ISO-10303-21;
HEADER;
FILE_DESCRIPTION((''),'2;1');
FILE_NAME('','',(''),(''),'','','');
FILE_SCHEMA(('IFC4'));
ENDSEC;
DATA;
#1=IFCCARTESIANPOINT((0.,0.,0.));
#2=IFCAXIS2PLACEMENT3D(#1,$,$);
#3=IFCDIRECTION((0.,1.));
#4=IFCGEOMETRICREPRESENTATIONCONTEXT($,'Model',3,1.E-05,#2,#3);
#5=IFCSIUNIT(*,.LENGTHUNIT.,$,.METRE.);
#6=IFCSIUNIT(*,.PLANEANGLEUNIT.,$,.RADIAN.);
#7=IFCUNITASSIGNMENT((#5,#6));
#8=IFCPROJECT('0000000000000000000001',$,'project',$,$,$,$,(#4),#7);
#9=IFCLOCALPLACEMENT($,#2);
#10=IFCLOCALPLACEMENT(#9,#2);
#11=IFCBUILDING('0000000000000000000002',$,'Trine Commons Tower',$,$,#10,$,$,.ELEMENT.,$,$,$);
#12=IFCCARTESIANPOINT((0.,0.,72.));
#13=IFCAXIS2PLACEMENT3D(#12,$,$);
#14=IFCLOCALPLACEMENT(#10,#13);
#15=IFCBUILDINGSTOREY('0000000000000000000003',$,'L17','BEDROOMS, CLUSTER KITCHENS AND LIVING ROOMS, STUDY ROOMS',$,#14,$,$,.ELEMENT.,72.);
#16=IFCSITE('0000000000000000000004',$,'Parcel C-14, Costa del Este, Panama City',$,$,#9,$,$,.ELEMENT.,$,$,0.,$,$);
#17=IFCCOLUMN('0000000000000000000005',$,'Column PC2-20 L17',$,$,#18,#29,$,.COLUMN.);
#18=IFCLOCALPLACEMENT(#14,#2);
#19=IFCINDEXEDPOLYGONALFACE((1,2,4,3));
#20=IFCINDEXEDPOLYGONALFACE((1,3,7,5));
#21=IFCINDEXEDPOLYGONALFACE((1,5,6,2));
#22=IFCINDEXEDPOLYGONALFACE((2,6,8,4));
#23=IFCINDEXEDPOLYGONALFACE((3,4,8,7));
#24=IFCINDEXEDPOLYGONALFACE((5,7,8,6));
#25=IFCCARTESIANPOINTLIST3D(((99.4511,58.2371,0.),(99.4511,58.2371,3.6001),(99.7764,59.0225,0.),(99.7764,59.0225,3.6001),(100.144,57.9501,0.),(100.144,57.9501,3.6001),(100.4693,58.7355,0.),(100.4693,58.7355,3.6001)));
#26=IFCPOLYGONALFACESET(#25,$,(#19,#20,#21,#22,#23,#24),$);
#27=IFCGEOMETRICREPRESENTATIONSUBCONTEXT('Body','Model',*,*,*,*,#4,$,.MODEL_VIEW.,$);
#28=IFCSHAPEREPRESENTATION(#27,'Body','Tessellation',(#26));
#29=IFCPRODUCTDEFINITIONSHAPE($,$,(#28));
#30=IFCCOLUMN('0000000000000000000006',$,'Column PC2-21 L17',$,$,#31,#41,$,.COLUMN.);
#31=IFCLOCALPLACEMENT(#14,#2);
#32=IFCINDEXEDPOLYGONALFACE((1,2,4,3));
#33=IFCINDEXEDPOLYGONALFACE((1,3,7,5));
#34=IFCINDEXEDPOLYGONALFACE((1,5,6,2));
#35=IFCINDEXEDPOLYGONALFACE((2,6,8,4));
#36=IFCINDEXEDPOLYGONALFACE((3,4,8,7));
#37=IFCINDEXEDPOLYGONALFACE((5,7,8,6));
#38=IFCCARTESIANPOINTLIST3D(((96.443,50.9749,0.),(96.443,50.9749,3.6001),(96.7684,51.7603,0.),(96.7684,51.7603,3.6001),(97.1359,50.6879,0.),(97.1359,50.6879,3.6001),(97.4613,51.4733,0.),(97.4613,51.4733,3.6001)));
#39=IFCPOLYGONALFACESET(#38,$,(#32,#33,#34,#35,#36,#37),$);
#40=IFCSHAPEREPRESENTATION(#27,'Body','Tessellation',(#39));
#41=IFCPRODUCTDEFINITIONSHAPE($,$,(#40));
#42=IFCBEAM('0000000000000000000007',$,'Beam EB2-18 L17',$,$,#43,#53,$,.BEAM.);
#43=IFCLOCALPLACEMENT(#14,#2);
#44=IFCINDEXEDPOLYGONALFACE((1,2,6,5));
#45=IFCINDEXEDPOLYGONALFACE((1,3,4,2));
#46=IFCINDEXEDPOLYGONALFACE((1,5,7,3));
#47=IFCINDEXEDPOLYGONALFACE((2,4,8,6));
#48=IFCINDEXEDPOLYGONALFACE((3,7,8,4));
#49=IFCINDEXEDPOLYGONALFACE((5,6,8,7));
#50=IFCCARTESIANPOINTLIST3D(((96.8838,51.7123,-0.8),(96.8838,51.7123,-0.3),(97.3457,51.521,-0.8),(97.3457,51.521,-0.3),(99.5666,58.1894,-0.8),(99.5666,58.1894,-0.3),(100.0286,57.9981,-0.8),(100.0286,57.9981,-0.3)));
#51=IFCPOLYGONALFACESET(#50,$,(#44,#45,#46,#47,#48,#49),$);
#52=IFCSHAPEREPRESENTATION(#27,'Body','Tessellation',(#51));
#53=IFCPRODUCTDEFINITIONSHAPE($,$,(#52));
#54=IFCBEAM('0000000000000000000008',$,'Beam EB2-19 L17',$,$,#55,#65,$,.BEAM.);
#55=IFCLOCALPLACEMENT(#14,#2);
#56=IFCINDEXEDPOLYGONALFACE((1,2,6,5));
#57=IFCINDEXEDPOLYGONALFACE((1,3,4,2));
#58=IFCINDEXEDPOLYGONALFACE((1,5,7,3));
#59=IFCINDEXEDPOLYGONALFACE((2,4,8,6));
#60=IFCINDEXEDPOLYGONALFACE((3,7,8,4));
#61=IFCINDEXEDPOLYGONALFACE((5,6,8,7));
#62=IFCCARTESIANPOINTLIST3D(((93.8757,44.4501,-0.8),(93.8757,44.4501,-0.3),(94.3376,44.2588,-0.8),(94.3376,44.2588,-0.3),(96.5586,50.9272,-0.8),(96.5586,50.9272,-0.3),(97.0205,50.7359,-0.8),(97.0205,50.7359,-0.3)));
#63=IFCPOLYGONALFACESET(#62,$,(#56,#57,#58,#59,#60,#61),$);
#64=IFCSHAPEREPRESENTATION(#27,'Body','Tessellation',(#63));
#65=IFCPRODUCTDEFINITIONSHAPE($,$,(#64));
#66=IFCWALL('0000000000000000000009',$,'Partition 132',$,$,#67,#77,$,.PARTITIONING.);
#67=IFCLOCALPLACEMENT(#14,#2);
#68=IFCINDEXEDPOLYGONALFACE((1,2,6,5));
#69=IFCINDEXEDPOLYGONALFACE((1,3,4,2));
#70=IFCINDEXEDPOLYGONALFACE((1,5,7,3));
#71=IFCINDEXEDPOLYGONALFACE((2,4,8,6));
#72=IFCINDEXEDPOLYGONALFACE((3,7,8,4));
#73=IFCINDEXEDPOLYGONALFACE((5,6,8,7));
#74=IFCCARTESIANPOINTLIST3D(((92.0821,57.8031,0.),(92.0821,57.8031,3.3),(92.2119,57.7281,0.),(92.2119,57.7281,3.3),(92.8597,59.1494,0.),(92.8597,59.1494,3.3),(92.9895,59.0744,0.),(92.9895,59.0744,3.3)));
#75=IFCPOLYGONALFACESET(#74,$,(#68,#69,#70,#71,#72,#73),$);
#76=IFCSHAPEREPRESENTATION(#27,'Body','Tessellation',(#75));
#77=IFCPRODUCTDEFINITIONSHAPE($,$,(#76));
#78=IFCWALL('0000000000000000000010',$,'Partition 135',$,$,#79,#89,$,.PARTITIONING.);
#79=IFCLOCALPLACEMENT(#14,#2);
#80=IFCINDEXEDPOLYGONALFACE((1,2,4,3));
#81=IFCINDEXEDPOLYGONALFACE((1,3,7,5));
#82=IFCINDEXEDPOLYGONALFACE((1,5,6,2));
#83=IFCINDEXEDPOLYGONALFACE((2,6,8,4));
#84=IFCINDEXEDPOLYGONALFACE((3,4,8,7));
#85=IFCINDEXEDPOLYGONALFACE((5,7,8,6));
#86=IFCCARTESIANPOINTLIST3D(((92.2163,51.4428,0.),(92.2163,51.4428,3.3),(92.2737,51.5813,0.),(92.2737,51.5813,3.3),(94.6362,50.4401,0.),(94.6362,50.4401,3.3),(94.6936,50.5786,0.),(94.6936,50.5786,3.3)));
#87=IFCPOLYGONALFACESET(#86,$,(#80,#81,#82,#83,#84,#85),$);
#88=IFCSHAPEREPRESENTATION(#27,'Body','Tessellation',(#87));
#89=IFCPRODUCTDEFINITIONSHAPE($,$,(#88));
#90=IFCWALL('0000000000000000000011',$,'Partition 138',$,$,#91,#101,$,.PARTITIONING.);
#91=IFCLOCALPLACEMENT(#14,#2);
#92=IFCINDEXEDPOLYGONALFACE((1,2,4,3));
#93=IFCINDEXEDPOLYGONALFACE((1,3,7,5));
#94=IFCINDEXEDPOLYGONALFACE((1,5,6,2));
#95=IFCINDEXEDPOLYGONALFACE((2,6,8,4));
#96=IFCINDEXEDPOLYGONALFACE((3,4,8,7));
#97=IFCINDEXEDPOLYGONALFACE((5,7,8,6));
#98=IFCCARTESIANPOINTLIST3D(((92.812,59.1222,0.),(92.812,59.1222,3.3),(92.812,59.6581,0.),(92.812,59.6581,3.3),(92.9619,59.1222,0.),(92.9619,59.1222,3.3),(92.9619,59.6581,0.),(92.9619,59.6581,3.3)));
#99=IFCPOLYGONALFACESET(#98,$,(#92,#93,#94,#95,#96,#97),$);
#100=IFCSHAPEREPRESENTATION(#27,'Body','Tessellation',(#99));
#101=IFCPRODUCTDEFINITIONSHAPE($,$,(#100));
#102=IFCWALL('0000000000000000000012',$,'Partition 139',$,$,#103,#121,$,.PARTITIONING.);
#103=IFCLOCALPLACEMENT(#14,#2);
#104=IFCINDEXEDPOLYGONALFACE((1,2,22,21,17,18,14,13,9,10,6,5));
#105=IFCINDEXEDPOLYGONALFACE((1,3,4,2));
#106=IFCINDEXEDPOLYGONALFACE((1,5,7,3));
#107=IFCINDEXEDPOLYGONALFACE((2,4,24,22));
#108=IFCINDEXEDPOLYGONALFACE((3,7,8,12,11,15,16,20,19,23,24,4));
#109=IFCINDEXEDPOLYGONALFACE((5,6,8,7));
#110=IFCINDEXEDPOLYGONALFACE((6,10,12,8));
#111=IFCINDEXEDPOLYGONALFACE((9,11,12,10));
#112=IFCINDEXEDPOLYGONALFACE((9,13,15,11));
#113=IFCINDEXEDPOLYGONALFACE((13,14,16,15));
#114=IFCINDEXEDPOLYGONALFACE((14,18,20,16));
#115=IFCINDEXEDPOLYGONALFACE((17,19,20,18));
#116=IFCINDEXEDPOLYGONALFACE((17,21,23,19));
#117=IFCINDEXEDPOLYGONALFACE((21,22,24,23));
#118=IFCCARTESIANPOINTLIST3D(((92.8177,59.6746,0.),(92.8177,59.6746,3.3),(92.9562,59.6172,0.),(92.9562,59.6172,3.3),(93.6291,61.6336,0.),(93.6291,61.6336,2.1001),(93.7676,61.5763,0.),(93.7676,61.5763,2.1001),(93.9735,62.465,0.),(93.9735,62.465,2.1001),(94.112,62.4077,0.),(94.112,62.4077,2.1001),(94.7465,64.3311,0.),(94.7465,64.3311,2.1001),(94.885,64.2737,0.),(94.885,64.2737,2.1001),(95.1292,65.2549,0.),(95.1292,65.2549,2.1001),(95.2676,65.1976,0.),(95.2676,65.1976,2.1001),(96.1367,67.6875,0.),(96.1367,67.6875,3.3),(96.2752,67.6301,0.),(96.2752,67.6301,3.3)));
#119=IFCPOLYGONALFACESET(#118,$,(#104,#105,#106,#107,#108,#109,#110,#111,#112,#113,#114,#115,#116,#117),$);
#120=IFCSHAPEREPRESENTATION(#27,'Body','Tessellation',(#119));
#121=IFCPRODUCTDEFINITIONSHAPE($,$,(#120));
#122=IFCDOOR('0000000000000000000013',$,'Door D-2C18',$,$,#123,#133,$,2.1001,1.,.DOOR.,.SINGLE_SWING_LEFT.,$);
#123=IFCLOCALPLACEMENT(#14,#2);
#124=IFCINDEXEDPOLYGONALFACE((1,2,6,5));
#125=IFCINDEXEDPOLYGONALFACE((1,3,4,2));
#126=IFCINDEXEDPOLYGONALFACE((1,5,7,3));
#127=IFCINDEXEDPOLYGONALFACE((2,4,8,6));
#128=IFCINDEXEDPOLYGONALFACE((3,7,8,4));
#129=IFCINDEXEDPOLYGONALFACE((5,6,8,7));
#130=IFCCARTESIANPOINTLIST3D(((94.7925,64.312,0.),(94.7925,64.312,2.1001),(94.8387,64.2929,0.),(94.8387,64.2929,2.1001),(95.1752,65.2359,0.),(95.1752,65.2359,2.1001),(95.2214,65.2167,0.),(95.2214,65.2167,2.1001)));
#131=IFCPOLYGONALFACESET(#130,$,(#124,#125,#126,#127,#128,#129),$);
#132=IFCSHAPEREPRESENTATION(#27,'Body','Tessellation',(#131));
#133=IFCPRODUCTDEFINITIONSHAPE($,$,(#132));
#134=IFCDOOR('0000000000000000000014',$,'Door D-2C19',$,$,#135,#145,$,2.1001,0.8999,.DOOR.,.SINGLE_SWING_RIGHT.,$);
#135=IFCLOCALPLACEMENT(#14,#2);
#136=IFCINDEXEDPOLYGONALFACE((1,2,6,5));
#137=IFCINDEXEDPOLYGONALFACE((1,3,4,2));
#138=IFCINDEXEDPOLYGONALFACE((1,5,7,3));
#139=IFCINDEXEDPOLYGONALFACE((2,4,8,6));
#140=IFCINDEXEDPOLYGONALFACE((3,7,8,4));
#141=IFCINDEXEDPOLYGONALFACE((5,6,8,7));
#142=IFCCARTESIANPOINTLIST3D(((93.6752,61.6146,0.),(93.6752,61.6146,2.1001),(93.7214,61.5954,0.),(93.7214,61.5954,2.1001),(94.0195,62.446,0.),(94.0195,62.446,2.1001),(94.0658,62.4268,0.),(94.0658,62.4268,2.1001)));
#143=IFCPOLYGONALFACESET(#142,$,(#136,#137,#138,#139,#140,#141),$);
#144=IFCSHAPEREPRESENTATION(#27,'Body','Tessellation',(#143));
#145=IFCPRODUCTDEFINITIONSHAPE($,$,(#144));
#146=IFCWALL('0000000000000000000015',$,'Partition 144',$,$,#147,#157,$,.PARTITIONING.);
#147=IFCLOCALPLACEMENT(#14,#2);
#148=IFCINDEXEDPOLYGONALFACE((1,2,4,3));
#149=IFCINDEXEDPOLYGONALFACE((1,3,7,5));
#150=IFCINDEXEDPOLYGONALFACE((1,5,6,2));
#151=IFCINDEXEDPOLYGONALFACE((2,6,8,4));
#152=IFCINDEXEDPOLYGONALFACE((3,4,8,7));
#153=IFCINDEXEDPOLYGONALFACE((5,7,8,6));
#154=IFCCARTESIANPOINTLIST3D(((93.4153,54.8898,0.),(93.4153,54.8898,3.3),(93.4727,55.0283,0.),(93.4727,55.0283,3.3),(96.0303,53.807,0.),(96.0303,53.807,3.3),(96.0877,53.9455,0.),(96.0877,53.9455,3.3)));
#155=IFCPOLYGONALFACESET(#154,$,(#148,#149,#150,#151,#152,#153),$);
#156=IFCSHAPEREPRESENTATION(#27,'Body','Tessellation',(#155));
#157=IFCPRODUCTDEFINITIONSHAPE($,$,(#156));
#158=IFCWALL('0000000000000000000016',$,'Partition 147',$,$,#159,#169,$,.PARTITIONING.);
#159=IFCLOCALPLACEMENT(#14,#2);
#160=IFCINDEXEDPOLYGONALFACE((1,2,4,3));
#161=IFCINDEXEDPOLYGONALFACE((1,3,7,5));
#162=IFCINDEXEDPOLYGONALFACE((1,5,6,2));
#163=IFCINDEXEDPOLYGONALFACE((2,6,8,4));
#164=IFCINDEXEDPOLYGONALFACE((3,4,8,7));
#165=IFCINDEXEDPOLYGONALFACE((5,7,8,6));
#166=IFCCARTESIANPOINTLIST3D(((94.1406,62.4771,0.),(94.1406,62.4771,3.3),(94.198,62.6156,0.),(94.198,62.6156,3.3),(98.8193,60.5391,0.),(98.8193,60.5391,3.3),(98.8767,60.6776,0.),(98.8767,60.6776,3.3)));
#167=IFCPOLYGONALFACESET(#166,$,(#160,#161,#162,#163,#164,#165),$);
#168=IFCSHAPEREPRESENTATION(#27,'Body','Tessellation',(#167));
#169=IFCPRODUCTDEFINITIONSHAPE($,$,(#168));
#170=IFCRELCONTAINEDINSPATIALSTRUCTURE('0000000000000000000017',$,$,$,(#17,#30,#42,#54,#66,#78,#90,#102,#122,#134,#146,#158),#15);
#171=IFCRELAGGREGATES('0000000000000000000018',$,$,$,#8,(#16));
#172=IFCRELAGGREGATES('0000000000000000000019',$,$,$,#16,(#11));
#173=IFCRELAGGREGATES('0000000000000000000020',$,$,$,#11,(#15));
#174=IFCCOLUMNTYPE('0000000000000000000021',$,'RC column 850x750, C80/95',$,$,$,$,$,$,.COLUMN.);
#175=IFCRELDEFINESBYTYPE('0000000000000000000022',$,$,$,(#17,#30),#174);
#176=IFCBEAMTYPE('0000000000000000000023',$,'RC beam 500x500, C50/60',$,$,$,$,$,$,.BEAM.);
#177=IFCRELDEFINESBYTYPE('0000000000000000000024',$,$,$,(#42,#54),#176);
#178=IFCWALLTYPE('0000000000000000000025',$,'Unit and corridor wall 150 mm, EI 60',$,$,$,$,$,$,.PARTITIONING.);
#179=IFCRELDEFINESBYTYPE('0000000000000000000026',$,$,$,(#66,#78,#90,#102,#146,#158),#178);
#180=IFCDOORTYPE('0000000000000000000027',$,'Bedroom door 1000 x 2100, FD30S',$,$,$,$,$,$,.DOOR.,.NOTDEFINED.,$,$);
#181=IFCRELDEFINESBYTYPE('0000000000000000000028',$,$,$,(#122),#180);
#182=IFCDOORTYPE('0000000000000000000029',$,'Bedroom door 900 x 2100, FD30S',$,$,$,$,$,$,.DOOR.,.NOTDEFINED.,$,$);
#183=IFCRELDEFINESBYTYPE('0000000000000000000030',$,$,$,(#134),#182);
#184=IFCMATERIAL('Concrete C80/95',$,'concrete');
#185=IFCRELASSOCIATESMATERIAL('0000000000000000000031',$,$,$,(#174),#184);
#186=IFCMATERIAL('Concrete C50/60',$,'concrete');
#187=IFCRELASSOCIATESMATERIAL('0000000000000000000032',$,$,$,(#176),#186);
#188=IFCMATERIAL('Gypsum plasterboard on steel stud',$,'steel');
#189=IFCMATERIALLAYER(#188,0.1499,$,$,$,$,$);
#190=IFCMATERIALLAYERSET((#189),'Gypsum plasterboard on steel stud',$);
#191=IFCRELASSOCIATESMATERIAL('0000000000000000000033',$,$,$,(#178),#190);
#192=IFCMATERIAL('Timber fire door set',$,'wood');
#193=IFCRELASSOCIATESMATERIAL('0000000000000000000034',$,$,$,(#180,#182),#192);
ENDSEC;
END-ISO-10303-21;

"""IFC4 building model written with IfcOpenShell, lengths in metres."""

from ifc_helpers import new_model, si_unit, direction, frame, frame_2d, origin, origin_2d, place, context, subcontext, project, spatial, rectangle, extrude, material, layer, layer_set, material_profile, profile_set, type_object, element, fill, save


model = new_model("IFC4")

# Units and contexts
model_context = context("Model", 3, precision=1e-05, world=origin(), true_north=direction((0.0, 1.0)))
body_context = subcontext(model_context, "Body", "Model", "MODEL_VIEW")
ifc_project = project(units=[si_unit("LENGTHUNIT", "METRE"), si_unit("PLANEANGLEUNIT", "RADIAN")], contexts=[model_context])

# Site, building, storey
site_placement = place(None, origin())
site = spatial("IfcSite", under=ifc_project, at=site_placement, Name="Parcel C-14, Costa del Este, Panama City", CompositionType="ELEMENT", RefElevation=0.0)
building_placement = place(site_placement, origin())
building = spatial("IfcBuilding", under=site, at=building_placement, Name="Trine Commons Tower", CompositionType="ELEMENT")
storey_placement = place(building_placement, frame((0.0, 0.0, 72.0)))
storey = spatial("IfcBuildingStorey", under=building, at=storey_placement, Name="L17", Description="BEDROOMS, CLUSTER KITCHENS AND LIVING ROOMS, STUDY ROOMS", CompositionType="ELEMENT", Elevation=72.0)

# Columns
ifc_material_1 = material(Name="Concrete C80/95", Category="concrete")
ifc_material_profile_1 = material_profile(ifc_material_1, rectangle(XDim=0.8501, YDim=0.75, at=origin_2d()), Name="RC 850x750")
ifc_profile_set_1 = profile_set([ifc_material_profile_1], Name="Concrete C80/95")
column_type = type_object("IfcColumnType", Name="RC column 850x750, C80/95", PredefinedType="COLUMN", material=ifc_profile_set_1)
for number, where, z_axis, x_axis, name in (
    (1, (99.9602, 58.4863, 0.0), (0.0, 0.0, 1.0), (0.382683, 0.92388, 0.0), "Column PC2-20 L17"),
    (2, (96.9521, 51.2241, 0.0), (0.0, 0.0, 1.0), (0.382683, 0.92388, 0.0), "Column PC2-21 L17"),
):
    element("IfcColumn", number, at=place(storey_placement, frame(where, z_axis=z_axis, x_axis=x_axis)), inside=storey, type_object=column_type, Name=name, PredefinedType="COLUMN", context=body_context, shape_type="SweptSolid", body=[
        extrude(rectangle(XDim=0.8501, YDim=0.75, at=origin_2d()), origin(), (0.0, 0.0, 1.0), 3.6001),
    ])

# Beams
ifc_material_2 = material(Name="Concrete C50/60", Category="concrete")
ifc_material_profile_2 = material_profile(ifc_material_2, rectangle(XDim=0.5, YDim=0.5, at=origin_2d()), Name="RC 500x500")
ifc_profile_set_2 = profile_set([ifc_material_profile_2], Name="Concrete C50/60")
beam_type = type_object("IfcBeamType", Name="RC beam 500x500, C50/60", PredefinedType="BEAM", material=ifc_profile_set_2)
for number, where, z_axis, x_axis, name in (
    (3, (99.7976, 58.0938, -0.55), (-0.382681, -0.923881, 0.0), (0.923881, -0.382681, 0.0), "Beam EB2-18 L17"),
    (4, (96.7896, 50.8315, -0.55), (-0.382681, -0.923881, 0.0), (0.923881, -0.382681, 0.0), "Beam EB2-19 L17"),
):
    element("IfcBeam", number, at=place(storey_placement, frame(where, z_axis=z_axis, x_axis=x_axis)), inside=storey, type_object=beam_type, Name=name, PredefinedType="BEAM", context=body_context, shape_type="SweptSolid", body=[
        extrude(rectangle(XDim=0.5, YDim=0.5, at=origin_2d()), origin(), (0.0, 0.0, 1.0), 7.0107),
    ])

# Walls
ifc_material_3 = material(Name="Gypsum plasterboard on steel stud", Category="steel")
ifc_layer_1 = layer(ifc_material_3, 0.1499)
ifc_layer_set_1 = layer_set([ifc_layer_1], Name="Gypsum plasterboard on steel stud")
wall_type_1 = type_object("IfcWallType", Name="Unit and corridor wall 150 mm, EI 60", PredefinedType="PARTITIONING", material=ifc_layer_set_1)
wall_1_placement = place(storey_placement, frame((92.147, 57.7656, 0.0), z_axis=(0.0, 0.0, 1.0), x_axis=(0.500176, 0.865924, 0.0)))
element("IfcWall", 5, at=wall_1_placement, inside=storey, type_object=wall_type_1, Name="Partition 132", PredefinedType="PARTITIONING", context=body_context, shape_type="SweptSolid", body=[
    extrude(rectangle(XDim=1.5547, YDim=0.1499, at=frame_2d((0.7773, 0.0))), origin(), (0.0, 0.0, 1.0), 3.3),
])
wall_2_placement = place(storey_placement, frame((92.2451, 51.512, 0.0), z_axis=(0.0, 0.0, 1.0), x_axis=(0.923836, -0.382788, 0.0)))
element("IfcWall", 6, at=wall_2_placement, inside=storey, type_object=wall_type_1, Name="Partition 135", PredefinedType="PARTITIONING", context=body_context, shape_type="SweptSolid", body=[
    extrude(rectangle(XDim=2.6194, YDim=0.1499, at=frame_2d((1.3096, 0.0))), origin(), (0.0, 0.0, 1.0), 3.3),
])
wall_3_placement = place(storey_placement, frame((92.887, 59.1221, 0.0), z_axis=(0.0, 0.0, 1.0), x_axis=(0.0, 1.0, 0.0)))
element("IfcWall", 7, at=wall_3_placement, inside=storey, type_object=wall_type_1, Name="Partition 138", PredefinedType="PARTITIONING", context=body_context, shape_type="SweptSolid", body=[
    extrude(rectangle(XDim=0.5359, YDim=0.1499, at=frame_2d((0.2681, 0.0))), origin(), (0.0, 0.0, 1.0), 3.3),
])

# Wall, openings, doors
wall_4_placement = place(storey_placement, frame((92.887, 59.646, 0.0), z_axis=(0.0, 0.0, 1.0), x_axis=(0.382686, 0.923879, 0.0)))
wall_4 = element("IfcWall", 8, at=wall_4_placement, inside=storey, type_object=wall_type_1, Name="Partition 139", PredefinedType="PARTITIONING", context=body_context, shape_type="SweptSolid", body=[
    extrude(rectangle(XDim=8.6731, YDim=0.1499, at=frame_2d((4.3364, 0.0))), origin(), (0.0, 0.0, 1.0), 3.3),
])
opening_1_placement = place(wall_4_placement, frame((5.04, 0.0, 0.0)))
opening_1 = element("IfcOpeningElement", 9, at=opening_1_placement, cuts=wall_4, PredefinedType="OPENING", context=body_context, shape_type="SweptSolid", body=[
    extrude(rectangle(XDim=1.0, YDim=2.1001, at=frame_2d((0.5, 1.05))), frame((0.0, 0.085, 0.0), z_axis=(0.0, -1.0, 0.0), x_axis=(1.0, 0.0, 0.0)), (0.0, 0.0, 1.0), 0.1699),
])
opening_2_placement = place(wall_4_placement, frame((2.1204, 0.0, 0.0)))
opening_2 = element("IfcOpeningElement", 10, at=opening_2_placement, cuts=wall_4, PredefinedType="OPENING", context=body_context, shape_type="SweptSolid", body=[
    extrude(rectangle(XDim=0.8999, YDim=2.1001, at=frame_2d((0.45, 1.05))), frame((0.0, 0.085, 0.0), z_axis=(0.0, -1.0, 0.0), x_axis=(1.0, 0.0, 0.0)), (0.0, 0.0, 1.0), 0.1699),
])
ifc_material_4 = material(Name="Timber fire door set", Category="wood")
door_type_1 = type_object("IfcDoorType", Name="Bedroom door 1000 x 2100, FD30S", OperationType="NOTDEFINED", PredefinedType="DOOR", material=ifc_material_4)
door_1_placement = place(opening_1_placement, frame((1.0, 0.0, 0.0), z_axis=(0.0, 0.0, 1.0), x_axis=(-1.0, 0.0, 0.0)))
door_1 = element("IfcDoor", 11, at=door_1_placement, inside=storey, type_object=door_type_1, Name="Door D-2C18", OperationType="SINGLE_SWING_LEFT", OverallHeight=2.1001, OverallWidth=1.0, PredefinedType="DOOR", context=body_context, shape_type="SweptSolid", body=[
    extrude(rectangle(XDim=1.0, YDim=2.1001, at=frame_2d((0.5, 1.05))), frame((0.0, 0.0249, 0.0), z_axis=(0.0, -1.0, 0.0), x_axis=(1.0, 0.0, 0.0)), (0.0, 0.0, 1.0), 0.05),
])
fill(opening_1, door_1)
door_type_2 = type_object("IfcDoorType", Name="Bedroom door 900 x 2100, FD30S", OperationType="NOTDEFINED", PredefinedType="DOOR", material=ifc_material_4)
door_2_placement = place(opening_2_placement, frame((0.8999, 0.0, 0.0), z_axis=(0.0, 0.0, 1.0), x_axis=(-1.0, 0.0, 0.0)))
door_2 = element("IfcDoor", 12, at=door_2_placement, inside=storey, type_object=door_type_2, Name="Door D-2C19", OperationType="SINGLE_SWING_RIGHT", OverallHeight=2.1001, OverallWidth=0.8999, PredefinedType="DOOR", context=body_context, shape_type="SweptSolid", body=[
    extrude(rectangle(XDim=0.8999, YDim=2.1001, at=frame_2d((0.45, 1.05))), frame((0.0, 0.0249, 0.0), z_axis=(0.0, -1.0, 0.0), x_axis=(1.0, 0.0, 0.0)), (0.0, 0.0, 1.0), 0.05),
])
fill(opening_2, door_2)

# Walls
wall_5_placement = place(storey_placement, frame((93.4441, 54.959, 0.0), z_axis=(0.0, 0.0, 1.0), x_axis=(0.92393, -0.382563, 0.0)))
element("IfcWall", 13, at=wall_5_placement, inside=storey, type_object=wall_type_1, Name="Partition 144", PredefinedType="PARTITIONING", context=body_context, shape_type="SweptSolid", body=[
    extrude(rectangle(XDim=2.8303, YDim=0.1499, at=frame_2d((1.415, 0.0))), origin(), (0.0, 0.0, 1.0), 3.3),
])
wall_6_placement = place(storey_placement, frame((94.1692, 62.5464, 0.0), z_axis=(0.0, 0.0, 1.0), x_axis=(0.923879, -0.382684, 0.0)))
element("IfcWall", 14, at=wall_6_placement, inside=storey, type_object=wall_type_1, Name="Partition 147", PredefinedType="PARTITIONING", context=body_context, shape_type="SweptSolid", body=[
    extrude(rectangle(XDim=5.0642, YDim=0.1499, at=frame_2d((2.5322, 0.0))), origin(), (0.0, 0.0, 1.0), 3.3),
])

save(model, "model.ifc")
